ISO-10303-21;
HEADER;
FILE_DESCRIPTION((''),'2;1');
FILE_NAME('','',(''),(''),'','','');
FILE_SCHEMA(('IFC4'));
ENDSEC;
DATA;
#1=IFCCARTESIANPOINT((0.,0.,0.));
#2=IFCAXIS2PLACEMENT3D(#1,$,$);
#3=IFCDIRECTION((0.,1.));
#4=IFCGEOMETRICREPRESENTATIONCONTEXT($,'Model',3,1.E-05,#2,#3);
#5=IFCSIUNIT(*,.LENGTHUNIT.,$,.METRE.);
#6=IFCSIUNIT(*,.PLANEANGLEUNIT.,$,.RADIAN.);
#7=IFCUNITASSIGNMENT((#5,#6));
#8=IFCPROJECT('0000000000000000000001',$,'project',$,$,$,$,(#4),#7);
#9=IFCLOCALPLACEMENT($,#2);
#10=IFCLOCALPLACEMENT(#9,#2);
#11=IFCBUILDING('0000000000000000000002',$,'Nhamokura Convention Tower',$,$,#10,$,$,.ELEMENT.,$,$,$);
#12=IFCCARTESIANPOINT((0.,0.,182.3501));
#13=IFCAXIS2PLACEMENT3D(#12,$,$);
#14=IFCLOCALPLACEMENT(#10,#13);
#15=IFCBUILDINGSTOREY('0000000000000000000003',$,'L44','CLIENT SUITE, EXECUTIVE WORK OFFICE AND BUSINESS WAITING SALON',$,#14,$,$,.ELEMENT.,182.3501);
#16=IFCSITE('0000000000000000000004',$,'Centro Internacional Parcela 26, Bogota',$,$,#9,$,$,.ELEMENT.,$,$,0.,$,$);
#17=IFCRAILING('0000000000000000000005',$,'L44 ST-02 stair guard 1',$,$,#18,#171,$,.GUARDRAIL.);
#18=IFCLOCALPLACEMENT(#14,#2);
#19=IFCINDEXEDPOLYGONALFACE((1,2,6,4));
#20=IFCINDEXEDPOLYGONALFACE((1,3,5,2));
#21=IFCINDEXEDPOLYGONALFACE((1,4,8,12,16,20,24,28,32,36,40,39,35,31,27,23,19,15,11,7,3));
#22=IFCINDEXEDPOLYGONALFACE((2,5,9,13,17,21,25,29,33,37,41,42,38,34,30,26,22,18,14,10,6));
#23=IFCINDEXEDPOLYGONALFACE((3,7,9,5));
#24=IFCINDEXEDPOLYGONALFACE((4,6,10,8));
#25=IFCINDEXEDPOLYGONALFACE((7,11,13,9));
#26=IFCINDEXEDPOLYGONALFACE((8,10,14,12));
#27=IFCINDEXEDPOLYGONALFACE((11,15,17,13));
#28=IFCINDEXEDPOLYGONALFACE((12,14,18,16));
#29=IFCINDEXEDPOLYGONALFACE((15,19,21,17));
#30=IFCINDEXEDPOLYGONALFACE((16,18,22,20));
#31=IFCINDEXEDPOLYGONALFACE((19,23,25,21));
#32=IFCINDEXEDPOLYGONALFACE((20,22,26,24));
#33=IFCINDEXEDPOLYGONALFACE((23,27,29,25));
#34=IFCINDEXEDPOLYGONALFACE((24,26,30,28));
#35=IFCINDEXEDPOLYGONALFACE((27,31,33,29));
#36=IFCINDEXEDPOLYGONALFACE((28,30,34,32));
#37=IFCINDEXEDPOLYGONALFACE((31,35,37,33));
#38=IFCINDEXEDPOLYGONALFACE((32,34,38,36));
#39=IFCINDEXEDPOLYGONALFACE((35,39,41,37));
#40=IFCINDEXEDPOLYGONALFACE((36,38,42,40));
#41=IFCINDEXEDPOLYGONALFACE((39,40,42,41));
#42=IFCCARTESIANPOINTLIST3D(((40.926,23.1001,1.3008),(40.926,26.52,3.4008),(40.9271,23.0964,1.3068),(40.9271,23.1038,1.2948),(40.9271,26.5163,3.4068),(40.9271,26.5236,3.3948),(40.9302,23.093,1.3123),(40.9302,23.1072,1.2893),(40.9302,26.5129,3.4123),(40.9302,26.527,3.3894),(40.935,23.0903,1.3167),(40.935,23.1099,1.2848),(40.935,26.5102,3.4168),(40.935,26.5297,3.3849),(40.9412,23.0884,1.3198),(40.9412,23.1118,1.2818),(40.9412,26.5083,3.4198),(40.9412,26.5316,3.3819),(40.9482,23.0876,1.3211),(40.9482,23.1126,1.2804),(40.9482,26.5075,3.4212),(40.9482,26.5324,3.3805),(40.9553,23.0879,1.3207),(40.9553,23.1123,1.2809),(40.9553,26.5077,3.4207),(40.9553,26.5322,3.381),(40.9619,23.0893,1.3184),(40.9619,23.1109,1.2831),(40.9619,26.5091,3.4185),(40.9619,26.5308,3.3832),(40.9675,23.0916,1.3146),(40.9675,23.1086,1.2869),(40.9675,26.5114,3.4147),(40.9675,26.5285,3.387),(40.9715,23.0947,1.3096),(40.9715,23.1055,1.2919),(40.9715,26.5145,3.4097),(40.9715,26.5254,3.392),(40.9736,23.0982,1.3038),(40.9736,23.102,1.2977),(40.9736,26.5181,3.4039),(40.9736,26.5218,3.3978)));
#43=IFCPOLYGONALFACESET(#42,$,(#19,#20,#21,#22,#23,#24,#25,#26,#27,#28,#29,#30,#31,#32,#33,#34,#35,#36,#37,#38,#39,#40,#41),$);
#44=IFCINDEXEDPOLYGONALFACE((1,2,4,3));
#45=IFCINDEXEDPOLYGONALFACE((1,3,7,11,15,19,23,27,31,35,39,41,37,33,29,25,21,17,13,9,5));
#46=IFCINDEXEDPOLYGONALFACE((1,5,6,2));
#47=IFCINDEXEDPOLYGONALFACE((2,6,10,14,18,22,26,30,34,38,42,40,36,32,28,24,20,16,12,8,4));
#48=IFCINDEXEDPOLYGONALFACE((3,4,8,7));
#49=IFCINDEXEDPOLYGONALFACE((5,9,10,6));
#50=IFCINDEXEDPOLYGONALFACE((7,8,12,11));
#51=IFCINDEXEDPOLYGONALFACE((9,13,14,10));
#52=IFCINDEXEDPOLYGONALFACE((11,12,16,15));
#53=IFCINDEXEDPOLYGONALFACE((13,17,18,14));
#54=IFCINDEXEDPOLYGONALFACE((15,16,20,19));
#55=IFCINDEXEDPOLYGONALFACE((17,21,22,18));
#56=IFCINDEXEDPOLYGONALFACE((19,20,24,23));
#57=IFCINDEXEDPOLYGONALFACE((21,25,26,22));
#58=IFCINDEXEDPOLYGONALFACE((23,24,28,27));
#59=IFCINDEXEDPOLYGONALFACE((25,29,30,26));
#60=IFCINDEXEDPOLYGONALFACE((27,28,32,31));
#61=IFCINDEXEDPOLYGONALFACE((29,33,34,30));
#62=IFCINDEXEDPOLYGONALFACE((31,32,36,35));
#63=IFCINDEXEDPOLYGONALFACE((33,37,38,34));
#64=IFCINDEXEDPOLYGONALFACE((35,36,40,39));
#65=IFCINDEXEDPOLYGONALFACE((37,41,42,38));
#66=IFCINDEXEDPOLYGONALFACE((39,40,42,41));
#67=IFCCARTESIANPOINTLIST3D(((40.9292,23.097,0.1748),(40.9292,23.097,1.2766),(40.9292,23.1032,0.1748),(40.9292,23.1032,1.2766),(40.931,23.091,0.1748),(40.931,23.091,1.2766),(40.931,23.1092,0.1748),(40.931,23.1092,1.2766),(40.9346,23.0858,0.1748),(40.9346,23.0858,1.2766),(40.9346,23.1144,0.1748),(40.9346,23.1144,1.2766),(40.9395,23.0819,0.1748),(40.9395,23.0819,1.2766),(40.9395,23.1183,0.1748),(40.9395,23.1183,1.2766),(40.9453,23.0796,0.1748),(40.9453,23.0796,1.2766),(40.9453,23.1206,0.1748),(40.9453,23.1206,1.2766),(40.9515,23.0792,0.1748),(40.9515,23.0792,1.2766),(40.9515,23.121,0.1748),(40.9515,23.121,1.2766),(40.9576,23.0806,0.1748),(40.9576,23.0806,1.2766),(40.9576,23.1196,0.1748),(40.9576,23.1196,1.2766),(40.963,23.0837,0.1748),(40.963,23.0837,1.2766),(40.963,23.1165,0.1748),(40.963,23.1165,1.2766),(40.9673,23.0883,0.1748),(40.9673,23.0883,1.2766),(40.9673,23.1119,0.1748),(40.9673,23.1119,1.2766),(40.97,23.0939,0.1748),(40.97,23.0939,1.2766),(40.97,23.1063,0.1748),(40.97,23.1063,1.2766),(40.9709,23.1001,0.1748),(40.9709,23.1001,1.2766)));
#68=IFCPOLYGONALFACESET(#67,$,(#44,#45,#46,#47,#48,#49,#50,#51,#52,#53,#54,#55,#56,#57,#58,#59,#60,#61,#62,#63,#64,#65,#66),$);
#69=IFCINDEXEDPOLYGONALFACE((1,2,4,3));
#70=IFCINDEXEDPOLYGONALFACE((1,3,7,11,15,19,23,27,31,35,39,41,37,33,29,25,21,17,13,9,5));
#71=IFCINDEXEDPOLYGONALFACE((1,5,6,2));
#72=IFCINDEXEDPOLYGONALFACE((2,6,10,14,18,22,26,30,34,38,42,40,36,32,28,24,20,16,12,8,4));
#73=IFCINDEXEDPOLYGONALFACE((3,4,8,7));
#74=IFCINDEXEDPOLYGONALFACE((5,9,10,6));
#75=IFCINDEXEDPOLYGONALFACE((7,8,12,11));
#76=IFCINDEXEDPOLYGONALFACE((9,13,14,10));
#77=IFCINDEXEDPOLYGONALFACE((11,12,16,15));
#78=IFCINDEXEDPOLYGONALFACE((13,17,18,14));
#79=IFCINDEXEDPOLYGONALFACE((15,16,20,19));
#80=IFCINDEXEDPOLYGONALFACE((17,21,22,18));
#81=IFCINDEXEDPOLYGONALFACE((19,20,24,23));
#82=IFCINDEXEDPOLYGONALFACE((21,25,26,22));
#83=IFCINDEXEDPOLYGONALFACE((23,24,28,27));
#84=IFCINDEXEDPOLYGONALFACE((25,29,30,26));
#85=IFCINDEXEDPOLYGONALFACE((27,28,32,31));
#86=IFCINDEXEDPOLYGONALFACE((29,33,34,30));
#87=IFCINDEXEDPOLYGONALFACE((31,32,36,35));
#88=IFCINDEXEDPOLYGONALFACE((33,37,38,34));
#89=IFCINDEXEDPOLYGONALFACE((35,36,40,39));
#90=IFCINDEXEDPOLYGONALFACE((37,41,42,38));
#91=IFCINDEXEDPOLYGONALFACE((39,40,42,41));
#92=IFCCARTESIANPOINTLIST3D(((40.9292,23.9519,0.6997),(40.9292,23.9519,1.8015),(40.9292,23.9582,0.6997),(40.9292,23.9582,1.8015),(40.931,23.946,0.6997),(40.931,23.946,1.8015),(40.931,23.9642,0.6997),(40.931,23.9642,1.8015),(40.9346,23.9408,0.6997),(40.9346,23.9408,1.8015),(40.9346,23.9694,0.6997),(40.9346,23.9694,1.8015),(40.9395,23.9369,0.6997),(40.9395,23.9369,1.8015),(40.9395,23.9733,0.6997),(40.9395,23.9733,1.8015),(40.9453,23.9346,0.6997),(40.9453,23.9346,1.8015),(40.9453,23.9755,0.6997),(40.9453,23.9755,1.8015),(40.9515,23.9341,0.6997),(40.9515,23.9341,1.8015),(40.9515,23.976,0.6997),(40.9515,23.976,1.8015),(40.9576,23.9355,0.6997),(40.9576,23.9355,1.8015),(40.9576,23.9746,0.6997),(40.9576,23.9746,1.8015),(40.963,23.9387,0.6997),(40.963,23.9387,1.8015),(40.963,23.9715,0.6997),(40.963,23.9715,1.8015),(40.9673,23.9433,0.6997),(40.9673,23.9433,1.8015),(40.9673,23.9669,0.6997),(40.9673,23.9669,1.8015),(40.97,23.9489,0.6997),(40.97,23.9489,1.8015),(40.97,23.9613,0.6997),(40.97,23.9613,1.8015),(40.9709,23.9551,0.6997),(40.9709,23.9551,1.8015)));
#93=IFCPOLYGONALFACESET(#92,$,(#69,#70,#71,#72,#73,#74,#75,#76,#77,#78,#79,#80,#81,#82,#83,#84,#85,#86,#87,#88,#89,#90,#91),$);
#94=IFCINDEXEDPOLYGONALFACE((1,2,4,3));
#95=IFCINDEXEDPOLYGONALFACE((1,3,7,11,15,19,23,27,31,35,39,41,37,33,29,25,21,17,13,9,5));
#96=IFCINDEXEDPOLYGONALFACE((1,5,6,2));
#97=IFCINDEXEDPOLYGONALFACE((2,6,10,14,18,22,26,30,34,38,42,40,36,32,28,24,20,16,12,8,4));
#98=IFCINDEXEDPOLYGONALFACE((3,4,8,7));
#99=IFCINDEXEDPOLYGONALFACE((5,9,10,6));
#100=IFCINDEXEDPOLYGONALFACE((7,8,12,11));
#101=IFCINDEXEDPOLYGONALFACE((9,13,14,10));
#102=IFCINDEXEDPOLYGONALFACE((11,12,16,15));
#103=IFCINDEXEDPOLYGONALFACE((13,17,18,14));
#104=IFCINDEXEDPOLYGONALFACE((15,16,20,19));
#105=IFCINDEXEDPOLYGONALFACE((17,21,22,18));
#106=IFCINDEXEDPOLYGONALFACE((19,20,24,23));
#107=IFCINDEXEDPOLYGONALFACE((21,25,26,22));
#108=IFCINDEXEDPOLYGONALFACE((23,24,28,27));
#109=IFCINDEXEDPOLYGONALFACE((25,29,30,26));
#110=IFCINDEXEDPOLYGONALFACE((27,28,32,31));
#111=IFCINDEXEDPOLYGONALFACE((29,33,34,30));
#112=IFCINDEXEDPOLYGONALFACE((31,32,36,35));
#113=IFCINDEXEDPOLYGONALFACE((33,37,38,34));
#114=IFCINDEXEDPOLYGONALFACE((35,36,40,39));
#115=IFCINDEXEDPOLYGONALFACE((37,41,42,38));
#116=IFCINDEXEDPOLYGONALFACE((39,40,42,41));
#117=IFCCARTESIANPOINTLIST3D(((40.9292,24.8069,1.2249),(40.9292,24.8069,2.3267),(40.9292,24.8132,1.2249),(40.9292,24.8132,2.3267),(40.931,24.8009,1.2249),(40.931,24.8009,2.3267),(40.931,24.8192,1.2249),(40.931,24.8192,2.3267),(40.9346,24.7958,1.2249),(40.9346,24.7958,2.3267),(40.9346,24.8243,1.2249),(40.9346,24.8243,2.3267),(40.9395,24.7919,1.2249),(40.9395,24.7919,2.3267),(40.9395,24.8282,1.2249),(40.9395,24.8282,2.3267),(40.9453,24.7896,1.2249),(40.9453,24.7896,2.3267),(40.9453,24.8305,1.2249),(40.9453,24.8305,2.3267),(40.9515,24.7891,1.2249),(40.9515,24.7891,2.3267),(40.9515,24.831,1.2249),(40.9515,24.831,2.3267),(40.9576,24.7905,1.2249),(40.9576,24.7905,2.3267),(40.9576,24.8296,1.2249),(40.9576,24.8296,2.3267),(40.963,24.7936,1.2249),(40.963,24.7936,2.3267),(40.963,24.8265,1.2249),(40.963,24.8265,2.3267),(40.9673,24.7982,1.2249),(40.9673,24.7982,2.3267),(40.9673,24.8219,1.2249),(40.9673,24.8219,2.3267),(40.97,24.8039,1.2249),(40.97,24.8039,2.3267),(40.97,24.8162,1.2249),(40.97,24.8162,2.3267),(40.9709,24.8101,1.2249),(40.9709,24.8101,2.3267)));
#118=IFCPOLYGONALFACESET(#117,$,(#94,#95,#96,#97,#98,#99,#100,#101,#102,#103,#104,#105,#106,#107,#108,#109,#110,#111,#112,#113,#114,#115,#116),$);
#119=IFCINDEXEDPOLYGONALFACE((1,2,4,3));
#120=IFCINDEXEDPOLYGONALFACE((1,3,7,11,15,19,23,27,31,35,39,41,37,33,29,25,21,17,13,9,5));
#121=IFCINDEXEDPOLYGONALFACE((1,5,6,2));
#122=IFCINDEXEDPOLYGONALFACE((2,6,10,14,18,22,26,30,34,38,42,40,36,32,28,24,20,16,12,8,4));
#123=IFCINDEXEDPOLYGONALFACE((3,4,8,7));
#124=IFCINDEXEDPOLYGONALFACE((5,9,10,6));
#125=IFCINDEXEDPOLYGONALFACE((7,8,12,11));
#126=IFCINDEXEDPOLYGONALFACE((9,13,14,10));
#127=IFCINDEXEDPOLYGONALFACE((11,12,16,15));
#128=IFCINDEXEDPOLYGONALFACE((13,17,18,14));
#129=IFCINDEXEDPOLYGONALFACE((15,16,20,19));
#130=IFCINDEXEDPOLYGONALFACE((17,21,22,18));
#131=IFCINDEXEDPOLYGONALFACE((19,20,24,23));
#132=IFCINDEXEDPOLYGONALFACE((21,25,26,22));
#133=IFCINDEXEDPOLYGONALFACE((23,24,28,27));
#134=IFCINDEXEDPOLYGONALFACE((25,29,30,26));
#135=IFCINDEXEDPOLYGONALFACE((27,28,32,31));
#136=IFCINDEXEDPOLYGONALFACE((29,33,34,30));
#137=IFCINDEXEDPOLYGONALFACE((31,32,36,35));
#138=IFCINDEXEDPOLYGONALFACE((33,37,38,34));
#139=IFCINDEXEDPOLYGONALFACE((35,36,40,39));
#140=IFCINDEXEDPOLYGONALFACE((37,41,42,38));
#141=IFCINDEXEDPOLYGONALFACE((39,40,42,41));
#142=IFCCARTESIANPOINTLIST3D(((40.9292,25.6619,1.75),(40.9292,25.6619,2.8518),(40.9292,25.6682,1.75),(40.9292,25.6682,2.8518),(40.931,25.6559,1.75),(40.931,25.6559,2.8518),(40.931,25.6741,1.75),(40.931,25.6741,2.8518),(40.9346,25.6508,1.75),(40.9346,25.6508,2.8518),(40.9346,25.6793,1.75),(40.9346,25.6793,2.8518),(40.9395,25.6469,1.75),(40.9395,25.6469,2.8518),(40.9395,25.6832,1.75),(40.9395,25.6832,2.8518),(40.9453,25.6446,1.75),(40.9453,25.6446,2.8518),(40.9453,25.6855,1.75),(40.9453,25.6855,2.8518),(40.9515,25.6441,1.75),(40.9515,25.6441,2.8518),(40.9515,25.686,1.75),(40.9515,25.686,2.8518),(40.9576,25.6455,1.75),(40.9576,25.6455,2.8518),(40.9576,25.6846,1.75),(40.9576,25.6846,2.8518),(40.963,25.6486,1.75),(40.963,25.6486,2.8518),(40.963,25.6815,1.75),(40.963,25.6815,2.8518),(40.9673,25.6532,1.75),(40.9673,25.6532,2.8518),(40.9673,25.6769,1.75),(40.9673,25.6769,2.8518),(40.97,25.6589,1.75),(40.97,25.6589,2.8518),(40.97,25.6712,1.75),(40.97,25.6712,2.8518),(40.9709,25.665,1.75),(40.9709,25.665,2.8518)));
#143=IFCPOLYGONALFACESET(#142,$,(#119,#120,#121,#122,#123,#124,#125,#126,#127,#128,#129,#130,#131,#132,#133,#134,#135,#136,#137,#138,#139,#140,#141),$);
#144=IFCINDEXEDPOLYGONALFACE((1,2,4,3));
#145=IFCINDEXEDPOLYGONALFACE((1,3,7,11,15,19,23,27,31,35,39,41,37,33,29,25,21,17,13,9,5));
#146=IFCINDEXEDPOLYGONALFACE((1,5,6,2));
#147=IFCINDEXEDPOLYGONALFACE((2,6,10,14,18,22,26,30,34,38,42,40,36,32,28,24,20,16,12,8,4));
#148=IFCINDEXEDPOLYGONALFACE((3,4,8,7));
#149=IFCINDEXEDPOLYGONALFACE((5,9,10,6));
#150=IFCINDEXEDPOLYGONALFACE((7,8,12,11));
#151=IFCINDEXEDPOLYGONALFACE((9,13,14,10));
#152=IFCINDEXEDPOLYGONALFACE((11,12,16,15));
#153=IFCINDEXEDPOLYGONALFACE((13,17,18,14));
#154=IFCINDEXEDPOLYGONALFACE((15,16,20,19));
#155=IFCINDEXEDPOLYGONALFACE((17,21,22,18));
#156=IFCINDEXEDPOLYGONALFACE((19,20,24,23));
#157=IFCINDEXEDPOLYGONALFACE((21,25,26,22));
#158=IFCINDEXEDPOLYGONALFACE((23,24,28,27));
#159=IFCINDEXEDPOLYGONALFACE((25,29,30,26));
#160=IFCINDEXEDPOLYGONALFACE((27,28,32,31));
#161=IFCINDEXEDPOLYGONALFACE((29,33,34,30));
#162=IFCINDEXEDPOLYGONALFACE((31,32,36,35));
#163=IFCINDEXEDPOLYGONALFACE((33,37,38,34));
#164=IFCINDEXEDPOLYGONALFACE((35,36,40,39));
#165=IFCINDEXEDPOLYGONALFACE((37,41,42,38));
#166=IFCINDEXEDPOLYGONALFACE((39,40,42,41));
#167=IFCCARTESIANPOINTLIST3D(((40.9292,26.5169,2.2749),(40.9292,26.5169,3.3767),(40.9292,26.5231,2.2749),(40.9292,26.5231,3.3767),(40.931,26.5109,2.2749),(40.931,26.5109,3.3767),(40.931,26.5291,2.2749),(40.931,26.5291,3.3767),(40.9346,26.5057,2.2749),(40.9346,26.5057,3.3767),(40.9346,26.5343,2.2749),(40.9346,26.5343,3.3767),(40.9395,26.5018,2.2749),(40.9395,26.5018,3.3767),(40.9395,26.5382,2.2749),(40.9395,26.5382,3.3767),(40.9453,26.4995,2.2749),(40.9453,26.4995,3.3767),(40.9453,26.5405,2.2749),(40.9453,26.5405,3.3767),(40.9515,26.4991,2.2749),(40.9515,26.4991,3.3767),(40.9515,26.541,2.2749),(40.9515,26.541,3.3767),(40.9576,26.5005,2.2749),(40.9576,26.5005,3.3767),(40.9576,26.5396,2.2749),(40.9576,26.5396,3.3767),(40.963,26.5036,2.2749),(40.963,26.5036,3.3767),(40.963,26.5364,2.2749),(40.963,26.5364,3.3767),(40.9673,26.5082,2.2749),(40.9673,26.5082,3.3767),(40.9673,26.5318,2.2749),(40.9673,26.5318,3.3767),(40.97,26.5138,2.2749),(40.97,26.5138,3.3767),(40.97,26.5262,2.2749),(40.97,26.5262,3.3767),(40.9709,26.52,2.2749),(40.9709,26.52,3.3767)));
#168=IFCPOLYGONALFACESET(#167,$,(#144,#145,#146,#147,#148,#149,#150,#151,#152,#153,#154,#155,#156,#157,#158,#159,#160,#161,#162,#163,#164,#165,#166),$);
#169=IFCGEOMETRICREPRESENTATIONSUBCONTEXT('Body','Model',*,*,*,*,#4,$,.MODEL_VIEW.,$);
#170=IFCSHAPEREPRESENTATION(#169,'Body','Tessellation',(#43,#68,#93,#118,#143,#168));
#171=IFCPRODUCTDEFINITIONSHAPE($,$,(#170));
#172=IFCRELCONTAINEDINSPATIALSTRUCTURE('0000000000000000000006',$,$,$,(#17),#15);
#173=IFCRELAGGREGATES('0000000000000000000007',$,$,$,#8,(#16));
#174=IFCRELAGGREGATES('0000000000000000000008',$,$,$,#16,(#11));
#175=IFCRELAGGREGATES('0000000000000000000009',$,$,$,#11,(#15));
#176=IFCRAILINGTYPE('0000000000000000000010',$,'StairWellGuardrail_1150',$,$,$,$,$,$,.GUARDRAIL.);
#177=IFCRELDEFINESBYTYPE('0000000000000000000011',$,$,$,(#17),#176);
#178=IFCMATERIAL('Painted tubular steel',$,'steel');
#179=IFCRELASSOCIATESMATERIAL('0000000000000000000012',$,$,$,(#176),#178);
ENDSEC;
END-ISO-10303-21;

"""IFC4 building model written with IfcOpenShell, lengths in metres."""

from ifc_helpers import new_model, si_unit, direction, frame, origin, origin_2d, place, context, subcontext, project, spatial, circle, extrude, material, type_object, element, save


model = new_model("IFC4")

# Units and contexts
model_context = context("Model", 3, precision=1e-05, world=origin(), true_north=direction((0.0, 1.0)))
body_context = subcontext(model_context, "Body", "Model", "MODEL_VIEW")
ifc_project = project(units=[si_unit("LENGTHUNIT", "METRE"), si_unit("PLANEANGLEUNIT", "RADIAN")], contexts=[model_context])

# Site, building, storey
site_placement = place(None, origin())
site = spatial("IfcSite", under=ifc_project, at=site_placement, Name="Centro Internacional Parcela 26, Bogota", CompositionType="ELEMENT", RefElevation=0.0)
building_placement = place(site_placement, origin())
building = spatial("IfcBuilding", under=site, at=building_placement, Name="Nhamokura Convention Tower", CompositionType="ELEMENT")
storey_placement = place(building_placement, frame((0.0, 0.0, 182.3501)))
storey = spatial("IfcBuildingStorey", under=building, at=storey_placement, Name="L44", Description="CLIENT SUITE, EXECUTIVE WORK OFFICE AND BUSINESS WAITING SALON", CompositionType="ELEMENT", Elevation=182.3501)

# Railing
ifc_material_1 = material(Name="Painted tubular steel", Category="steel")
railing_type_1 = type_object("IfcRailingType", Name="StairWellGuardrail_1150", PredefinedType="GUARDRAIL", material=ifc_material_1)
railing_1_placement = place(storey_placement, frame((40.95, 23.1001, 0.1748)))
element("IfcRailing", 1, at=railing_1_placement, inside=storey, type_object=railing_type_1, Name="L44 ST-02 stair guard 1", PredefinedType="GUARDRAIL", context=body_context, shape_type="SweptSolid", body=[
    extrude(circle(Radius=0.0239, at=origin_2d()), frame((0.0, 0.0, 1.126), z_axis=(0.0, 0.852155, 0.523289), x_axis=(-1.0, 0.0, 0.0)), (0.0, 0.0, 1.0), 4.0132),
    extrude(circle(Radius=0.021, at=origin_2d()), origin(), (0.0, 0.0, 1.0), 1.1018),
    extrude(circle(Radius=0.021, at=origin_2d()), frame((0.0, 0.855, 0.5249)), (0.0, 0.0, 1.0), 1.1018),
    extrude(circle(Radius=0.021, at=origin_2d()), frame((0.0, 1.71, 1.05)), (0.0, 0.0, 1.0), 1.1018),
    extrude(circle(Radius=0.021, at=origin_2d()), frame((0.0, 2.5649, 1.5752)), (0.0, 0.0, 1.0), 1.1018),
    extrude(circle(Radius=0.021, at=origin_2d()), frame((0.0, 3.4199, 2.1001)), (0.0, 0.0, 1.0), 1.1018),
])

save(model, "model.ifc")
